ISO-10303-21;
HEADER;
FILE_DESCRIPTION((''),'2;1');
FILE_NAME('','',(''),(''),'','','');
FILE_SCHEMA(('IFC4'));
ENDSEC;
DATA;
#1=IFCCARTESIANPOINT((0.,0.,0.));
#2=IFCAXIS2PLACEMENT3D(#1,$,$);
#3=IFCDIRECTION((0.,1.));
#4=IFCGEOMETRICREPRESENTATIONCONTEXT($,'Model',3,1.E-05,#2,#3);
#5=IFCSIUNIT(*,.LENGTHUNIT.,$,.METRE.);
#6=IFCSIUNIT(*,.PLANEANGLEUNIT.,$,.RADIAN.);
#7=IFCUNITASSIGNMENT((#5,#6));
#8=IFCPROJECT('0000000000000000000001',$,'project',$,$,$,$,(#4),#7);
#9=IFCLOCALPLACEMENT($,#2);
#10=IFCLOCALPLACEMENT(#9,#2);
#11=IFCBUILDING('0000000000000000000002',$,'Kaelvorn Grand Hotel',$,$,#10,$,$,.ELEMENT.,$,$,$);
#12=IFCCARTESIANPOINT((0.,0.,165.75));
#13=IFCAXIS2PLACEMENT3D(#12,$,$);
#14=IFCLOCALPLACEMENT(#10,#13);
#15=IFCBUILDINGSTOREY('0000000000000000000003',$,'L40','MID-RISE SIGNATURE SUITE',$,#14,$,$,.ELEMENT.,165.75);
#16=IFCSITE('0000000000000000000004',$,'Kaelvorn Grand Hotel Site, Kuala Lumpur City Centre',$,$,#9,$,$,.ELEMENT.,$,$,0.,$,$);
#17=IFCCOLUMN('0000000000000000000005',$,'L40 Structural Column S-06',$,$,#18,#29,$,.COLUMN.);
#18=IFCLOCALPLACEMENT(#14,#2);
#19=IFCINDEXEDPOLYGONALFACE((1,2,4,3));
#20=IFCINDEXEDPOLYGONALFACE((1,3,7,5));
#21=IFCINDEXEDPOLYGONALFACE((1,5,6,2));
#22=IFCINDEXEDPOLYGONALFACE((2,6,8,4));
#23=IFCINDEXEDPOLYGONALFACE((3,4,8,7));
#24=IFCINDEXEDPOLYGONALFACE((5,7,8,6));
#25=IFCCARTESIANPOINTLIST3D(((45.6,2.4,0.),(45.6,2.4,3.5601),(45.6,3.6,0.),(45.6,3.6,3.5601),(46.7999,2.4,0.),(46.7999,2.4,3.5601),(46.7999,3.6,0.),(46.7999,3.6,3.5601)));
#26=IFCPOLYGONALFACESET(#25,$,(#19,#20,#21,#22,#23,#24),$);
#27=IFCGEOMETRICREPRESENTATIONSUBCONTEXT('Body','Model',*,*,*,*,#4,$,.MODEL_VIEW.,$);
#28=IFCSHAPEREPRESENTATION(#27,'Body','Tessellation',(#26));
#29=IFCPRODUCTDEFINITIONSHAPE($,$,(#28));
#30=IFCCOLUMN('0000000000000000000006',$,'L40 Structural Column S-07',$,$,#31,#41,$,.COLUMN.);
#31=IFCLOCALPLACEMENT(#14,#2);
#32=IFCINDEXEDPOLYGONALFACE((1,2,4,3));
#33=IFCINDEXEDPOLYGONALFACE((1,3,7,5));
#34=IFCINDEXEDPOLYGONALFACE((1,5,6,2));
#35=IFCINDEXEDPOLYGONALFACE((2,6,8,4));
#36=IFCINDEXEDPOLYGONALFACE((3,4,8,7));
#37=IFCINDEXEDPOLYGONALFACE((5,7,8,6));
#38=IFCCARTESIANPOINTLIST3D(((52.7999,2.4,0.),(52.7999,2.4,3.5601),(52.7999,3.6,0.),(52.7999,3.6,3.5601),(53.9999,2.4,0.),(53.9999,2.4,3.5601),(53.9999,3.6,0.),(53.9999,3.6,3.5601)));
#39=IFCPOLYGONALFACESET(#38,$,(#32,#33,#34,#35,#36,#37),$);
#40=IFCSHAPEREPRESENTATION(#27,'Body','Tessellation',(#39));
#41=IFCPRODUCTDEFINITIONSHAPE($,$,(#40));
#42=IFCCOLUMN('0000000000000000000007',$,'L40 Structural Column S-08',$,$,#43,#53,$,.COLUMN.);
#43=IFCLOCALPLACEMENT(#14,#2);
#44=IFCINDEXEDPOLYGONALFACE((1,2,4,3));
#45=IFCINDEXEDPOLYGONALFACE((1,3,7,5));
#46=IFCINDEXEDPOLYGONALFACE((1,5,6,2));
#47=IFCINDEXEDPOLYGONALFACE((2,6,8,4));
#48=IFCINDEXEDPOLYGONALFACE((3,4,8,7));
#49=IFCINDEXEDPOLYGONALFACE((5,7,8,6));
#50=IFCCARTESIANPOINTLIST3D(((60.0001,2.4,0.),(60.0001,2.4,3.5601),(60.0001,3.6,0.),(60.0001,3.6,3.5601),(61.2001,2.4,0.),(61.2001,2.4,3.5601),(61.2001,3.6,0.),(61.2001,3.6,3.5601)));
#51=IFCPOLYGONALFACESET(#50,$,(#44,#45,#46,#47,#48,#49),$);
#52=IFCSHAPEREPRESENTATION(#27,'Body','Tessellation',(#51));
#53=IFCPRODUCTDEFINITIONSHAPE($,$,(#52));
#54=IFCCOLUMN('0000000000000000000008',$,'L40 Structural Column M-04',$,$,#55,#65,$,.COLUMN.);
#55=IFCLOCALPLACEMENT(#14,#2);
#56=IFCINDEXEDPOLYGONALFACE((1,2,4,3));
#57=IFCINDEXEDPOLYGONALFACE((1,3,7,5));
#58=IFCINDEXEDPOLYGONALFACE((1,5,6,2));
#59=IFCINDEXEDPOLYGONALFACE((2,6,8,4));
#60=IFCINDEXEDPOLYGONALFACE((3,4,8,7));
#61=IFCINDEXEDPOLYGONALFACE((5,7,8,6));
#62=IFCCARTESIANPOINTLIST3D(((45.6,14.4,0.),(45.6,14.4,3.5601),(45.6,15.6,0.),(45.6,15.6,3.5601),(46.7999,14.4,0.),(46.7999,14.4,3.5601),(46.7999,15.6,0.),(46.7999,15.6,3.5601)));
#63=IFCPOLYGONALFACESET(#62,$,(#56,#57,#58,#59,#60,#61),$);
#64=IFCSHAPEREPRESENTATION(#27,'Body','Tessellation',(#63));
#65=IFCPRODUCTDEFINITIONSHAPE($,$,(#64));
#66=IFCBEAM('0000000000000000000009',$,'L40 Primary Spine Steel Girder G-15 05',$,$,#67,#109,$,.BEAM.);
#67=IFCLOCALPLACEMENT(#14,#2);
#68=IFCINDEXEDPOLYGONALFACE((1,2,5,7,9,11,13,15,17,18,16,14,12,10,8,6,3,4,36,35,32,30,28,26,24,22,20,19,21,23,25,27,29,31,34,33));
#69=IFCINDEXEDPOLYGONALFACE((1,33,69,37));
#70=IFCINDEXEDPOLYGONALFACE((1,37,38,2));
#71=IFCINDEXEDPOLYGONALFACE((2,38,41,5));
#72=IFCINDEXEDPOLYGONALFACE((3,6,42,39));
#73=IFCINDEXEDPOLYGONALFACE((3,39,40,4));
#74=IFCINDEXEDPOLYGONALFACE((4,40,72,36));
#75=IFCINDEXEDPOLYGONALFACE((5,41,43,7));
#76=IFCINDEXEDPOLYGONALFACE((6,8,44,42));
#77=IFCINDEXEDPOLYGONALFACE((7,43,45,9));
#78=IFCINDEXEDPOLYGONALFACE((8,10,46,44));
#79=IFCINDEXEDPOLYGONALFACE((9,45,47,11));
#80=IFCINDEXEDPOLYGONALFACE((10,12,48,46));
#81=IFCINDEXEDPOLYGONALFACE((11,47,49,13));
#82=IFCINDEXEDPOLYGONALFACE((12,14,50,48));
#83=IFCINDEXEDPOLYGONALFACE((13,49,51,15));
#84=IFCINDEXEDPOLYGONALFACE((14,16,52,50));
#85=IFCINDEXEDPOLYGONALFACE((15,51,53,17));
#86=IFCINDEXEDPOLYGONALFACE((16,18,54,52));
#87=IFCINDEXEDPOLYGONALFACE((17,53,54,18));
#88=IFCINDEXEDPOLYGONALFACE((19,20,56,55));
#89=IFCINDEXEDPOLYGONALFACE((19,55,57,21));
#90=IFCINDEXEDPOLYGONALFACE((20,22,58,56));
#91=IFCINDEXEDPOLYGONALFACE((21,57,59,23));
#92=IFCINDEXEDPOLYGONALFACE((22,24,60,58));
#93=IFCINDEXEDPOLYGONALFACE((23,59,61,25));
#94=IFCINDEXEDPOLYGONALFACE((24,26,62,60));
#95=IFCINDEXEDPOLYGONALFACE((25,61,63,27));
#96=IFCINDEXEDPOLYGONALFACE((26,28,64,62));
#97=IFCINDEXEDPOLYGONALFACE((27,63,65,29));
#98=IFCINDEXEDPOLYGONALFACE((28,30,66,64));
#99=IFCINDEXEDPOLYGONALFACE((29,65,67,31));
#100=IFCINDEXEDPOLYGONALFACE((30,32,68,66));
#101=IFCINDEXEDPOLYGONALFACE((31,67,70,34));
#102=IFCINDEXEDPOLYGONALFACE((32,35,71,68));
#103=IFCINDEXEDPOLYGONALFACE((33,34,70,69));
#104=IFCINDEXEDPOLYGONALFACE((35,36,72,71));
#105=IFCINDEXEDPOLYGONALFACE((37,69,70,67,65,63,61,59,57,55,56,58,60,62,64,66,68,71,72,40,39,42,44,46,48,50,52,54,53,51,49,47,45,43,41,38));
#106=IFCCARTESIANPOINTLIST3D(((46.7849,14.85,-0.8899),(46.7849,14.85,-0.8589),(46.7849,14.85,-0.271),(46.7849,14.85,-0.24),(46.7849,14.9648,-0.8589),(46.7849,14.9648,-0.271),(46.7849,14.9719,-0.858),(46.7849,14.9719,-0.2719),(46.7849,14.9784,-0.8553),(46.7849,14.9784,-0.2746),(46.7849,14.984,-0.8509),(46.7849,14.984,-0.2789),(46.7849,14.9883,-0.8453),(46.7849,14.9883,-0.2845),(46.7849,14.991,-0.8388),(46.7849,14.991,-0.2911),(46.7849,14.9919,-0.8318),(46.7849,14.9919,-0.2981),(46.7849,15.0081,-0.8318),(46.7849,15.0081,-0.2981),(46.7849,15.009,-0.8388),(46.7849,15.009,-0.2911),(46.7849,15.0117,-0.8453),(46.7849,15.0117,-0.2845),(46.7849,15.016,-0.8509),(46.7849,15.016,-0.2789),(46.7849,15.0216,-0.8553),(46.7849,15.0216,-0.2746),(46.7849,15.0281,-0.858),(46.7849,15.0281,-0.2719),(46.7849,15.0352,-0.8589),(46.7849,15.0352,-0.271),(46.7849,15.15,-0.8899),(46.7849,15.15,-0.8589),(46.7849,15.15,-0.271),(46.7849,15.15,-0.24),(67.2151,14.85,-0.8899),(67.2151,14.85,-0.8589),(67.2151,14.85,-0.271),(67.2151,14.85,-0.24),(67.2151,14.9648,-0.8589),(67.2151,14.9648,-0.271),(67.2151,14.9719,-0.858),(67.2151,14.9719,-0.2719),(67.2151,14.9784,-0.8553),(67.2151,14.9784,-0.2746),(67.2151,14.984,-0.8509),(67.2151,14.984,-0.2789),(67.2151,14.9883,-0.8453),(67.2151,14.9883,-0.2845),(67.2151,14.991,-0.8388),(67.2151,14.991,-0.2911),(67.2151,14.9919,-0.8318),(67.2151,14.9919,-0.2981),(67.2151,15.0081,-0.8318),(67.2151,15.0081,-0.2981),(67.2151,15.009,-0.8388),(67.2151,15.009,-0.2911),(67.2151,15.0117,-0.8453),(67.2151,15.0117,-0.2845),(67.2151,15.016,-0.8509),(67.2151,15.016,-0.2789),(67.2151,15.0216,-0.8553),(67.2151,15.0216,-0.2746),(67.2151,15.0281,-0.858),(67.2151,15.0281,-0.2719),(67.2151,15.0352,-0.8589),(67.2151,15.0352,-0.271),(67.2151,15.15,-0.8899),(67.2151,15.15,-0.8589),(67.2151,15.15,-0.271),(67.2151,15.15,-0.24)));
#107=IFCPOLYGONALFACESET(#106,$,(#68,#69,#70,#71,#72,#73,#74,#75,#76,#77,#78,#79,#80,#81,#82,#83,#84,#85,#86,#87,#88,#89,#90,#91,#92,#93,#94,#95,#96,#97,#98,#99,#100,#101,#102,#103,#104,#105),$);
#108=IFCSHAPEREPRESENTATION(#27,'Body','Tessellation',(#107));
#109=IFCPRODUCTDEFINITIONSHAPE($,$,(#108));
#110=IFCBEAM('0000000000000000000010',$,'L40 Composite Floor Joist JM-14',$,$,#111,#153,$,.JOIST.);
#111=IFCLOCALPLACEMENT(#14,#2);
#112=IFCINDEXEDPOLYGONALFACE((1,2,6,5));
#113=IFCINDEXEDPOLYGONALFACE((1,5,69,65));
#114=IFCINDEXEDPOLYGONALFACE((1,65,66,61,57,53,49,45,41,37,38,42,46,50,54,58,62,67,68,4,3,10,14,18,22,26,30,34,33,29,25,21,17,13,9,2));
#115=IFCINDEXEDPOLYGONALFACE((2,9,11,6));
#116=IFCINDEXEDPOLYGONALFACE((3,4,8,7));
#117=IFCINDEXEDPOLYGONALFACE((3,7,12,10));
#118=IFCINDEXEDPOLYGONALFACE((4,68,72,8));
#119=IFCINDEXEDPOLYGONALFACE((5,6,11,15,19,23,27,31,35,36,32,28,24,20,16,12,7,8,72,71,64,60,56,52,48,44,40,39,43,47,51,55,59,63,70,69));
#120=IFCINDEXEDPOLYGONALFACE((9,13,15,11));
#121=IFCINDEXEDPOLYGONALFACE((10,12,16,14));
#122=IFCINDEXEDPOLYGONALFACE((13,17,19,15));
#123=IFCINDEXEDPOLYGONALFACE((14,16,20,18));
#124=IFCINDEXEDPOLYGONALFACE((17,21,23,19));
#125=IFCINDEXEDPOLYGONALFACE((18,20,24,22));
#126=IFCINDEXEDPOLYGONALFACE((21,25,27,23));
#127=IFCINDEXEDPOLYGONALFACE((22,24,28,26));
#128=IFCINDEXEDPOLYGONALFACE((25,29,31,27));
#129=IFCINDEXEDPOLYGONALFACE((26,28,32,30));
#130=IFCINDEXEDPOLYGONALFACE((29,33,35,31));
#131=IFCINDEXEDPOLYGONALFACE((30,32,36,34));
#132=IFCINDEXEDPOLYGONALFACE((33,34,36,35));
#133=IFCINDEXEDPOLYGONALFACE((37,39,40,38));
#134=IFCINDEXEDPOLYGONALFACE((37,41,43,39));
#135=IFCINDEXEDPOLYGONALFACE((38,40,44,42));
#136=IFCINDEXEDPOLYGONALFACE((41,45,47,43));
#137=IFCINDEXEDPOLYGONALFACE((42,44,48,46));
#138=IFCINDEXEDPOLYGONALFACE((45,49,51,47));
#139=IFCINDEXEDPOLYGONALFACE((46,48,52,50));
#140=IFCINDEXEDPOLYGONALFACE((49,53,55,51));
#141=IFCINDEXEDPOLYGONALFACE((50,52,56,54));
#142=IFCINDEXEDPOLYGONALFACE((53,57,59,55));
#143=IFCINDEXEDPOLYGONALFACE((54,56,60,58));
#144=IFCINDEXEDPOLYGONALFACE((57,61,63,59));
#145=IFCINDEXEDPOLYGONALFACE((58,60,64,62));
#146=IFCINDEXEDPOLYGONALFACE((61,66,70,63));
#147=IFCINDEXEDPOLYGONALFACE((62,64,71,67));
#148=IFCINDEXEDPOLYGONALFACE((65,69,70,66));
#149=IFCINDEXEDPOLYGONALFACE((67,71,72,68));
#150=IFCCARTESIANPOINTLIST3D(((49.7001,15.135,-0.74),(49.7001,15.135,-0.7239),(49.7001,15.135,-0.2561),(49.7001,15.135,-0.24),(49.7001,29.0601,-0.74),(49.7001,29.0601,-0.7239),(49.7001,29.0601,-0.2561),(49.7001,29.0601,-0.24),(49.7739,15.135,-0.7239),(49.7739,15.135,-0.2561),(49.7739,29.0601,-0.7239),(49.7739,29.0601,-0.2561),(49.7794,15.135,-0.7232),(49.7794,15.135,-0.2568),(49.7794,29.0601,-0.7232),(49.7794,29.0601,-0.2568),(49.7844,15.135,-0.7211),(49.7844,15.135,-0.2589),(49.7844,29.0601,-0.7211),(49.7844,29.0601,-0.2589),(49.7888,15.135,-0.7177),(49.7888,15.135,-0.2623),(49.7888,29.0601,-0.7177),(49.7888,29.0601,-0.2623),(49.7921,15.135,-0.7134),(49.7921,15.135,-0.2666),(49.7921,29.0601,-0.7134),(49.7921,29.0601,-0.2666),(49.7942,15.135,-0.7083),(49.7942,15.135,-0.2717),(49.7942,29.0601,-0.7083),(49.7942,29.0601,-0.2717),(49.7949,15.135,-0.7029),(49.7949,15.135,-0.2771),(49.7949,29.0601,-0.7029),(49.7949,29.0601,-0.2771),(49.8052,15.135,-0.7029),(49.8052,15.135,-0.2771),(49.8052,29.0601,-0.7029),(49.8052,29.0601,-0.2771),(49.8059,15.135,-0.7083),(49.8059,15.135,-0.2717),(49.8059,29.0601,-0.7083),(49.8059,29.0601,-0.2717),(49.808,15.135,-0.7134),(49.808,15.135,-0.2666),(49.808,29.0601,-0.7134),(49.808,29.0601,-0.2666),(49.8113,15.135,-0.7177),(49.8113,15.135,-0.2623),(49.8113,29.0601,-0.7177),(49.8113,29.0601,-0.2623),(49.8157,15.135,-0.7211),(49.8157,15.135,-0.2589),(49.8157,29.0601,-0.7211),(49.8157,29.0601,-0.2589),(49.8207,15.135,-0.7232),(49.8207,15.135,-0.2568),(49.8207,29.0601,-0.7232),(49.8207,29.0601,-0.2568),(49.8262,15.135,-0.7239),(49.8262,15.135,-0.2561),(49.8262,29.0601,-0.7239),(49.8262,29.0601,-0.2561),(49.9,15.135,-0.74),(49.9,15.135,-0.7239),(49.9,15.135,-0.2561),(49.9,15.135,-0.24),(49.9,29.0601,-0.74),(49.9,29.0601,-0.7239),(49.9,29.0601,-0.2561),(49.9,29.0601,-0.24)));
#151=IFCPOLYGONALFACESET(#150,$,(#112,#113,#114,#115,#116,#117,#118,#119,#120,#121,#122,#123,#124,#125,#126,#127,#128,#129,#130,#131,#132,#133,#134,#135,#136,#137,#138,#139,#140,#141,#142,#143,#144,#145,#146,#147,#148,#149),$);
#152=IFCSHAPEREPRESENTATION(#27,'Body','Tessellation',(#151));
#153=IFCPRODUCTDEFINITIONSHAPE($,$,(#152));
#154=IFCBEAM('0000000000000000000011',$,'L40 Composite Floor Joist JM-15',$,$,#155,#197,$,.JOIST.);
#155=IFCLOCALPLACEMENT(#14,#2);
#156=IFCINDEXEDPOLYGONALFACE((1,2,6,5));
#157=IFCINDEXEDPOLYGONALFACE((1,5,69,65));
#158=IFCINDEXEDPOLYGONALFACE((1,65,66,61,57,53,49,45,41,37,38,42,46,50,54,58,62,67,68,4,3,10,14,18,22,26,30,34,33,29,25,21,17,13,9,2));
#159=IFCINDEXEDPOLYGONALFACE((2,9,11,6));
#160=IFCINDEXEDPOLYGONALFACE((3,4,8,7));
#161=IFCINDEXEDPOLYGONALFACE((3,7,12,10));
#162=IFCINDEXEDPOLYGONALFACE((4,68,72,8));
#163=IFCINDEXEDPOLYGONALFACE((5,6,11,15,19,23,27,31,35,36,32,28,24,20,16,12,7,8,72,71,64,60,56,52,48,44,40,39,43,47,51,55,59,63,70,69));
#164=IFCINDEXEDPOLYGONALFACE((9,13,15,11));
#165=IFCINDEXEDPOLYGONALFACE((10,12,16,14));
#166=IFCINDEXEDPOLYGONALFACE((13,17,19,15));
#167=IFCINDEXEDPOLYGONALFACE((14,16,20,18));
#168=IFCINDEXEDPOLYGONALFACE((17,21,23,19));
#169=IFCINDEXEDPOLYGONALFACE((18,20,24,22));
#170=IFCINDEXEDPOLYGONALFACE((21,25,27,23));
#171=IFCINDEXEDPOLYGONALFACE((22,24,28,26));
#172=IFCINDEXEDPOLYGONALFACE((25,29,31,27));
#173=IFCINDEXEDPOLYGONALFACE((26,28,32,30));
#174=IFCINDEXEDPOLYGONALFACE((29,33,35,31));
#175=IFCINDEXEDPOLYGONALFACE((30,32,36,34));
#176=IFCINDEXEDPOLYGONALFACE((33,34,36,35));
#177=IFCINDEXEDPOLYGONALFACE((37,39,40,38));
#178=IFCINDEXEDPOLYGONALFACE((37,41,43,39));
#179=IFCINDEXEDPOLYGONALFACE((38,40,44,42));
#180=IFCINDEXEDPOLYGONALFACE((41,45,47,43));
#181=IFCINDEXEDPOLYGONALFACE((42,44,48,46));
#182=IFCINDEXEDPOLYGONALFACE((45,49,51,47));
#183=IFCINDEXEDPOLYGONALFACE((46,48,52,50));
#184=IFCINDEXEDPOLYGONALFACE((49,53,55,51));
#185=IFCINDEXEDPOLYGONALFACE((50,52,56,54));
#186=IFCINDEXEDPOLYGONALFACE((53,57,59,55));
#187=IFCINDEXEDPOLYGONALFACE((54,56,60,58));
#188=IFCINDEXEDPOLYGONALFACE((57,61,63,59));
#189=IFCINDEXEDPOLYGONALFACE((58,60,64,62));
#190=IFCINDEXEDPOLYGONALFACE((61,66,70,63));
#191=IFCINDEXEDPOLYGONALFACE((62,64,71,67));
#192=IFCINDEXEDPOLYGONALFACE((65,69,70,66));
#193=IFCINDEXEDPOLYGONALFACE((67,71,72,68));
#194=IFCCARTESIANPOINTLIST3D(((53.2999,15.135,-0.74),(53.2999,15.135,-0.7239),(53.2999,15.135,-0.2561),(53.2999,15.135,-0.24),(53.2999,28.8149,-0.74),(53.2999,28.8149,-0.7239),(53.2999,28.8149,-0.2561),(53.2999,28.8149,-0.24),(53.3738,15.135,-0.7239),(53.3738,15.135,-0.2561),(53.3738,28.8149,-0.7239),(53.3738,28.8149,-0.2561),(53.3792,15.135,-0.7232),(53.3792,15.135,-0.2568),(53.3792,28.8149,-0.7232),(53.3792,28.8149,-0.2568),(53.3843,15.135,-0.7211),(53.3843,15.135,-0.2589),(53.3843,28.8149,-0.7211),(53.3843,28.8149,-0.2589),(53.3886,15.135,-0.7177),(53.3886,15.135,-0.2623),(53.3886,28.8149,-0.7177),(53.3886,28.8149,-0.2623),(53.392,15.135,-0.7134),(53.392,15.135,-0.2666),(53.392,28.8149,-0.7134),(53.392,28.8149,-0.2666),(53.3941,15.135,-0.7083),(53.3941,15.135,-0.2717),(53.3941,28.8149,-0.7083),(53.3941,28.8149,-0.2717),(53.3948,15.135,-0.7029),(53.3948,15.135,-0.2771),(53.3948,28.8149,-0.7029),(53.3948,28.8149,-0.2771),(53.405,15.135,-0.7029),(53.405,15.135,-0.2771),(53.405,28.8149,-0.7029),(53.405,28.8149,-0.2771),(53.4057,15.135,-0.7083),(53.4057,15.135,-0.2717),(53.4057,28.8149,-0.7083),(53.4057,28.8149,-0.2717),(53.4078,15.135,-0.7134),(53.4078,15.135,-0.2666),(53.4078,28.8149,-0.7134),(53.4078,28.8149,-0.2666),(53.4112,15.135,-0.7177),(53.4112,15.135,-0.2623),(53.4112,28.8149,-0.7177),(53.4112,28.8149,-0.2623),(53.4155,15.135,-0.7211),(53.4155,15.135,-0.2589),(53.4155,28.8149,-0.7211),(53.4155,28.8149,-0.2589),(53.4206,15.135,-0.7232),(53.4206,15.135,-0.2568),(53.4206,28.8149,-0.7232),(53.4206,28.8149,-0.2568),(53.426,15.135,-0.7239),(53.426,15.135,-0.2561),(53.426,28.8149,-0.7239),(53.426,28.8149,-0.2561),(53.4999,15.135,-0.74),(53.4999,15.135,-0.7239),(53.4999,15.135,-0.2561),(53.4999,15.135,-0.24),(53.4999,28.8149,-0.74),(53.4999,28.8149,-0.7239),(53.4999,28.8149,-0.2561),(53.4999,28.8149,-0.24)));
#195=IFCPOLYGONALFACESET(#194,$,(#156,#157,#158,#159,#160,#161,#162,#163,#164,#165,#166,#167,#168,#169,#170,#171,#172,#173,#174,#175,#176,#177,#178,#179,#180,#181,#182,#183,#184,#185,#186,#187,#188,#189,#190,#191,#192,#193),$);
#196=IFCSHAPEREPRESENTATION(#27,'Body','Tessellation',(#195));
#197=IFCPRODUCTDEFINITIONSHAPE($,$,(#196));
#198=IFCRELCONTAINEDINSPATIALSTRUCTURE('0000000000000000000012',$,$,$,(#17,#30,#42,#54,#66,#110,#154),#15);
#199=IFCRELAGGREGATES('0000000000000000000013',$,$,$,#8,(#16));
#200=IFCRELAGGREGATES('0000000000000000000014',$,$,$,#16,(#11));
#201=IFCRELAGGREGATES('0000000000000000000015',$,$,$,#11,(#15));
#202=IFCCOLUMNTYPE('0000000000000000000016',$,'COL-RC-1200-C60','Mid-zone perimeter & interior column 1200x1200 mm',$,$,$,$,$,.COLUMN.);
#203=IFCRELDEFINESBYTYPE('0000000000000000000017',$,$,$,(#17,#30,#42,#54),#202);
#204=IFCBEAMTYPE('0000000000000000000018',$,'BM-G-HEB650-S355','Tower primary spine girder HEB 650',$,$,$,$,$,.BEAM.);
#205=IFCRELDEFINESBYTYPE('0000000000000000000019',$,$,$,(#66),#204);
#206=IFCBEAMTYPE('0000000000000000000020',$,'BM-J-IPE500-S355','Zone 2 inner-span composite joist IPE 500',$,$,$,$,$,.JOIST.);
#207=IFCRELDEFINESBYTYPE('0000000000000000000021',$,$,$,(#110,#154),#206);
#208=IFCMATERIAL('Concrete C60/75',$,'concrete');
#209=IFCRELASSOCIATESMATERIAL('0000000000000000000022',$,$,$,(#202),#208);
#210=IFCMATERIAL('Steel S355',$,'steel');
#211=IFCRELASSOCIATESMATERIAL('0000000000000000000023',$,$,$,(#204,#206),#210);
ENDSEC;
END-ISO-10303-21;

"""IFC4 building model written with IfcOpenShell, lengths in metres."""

from ifc_helpers import new_model, si_unit, direction, frame, origin, origin_2d, place, context, subcontext, project, spatial, rectangle, i_section, extrude, material, material_profile, profile_set, type_object, element, save


model = new_model("IFC4")

# Units and contexts
model_context = context("Model", 3, precision=1e-05, world=origin(), true_north=direction((0.0, 1.0)))
body_context = subcontext(model_context, "Body", "Model", "MODEL_VIEW")
ifc_project = project(units=[si_unit("LENGTHUNIT", "METRE"), si_unit("PLANEANGLEUNIT", "RADIAN")], contexts=[model_context])

# Site, building, storey
site_placement = place(None, origin())
site = spatial("IfcSite", under=ifc_project, at=site_placement, Name="Kaelvorn Grand Hotel Site, Kuala Lumpur City Centre", CompositionType="ELEMENT", RefElevation=0.0)
building_placement = place(site_placement, origin())
building = spatial("IfcBuilding", under=site, at=building_placement, Name="Kaelvorn Grand Hotel", CompositionType="ELEMENT")
storey_placement = place(building_placement, frame((0.0, 0.0, 165.75)))
storey = spatial("IfcBuildingStorey", under=building, at=storey_placement, Name="L40", Description="MID-RISE SIGNATURE SUITE", CompositionType="ELEMENT", Elevation=165.75)

# Columns
ifc_material_1 = material(Name="Concrete C60/75", Category="concrete")
ifc_material_profile_1 = material_profile(ifc_material_1, rectangle(XDim=1.2, YDim=1.2, at=origin_2d()), Name="RC COL 1200x1200")
ifc_profile_set_1 = profile_set([ifc_material_profile_1], Name="Concrete C60/75")
column_type = type_object("IfcColumnType", Name="COL-RC-1200-C60", Description="Mid-zone perimeter & interior column 1200x1200 mm", PredefinedType="COLUMN", material=ifc_profile_set_1)
for number, where, z_axis, x_axis, name in (
    (1, (46.2, 3.0, 0.0), (0.0, 0.0, 1.0), (1.0, 0.0, 0.0), "L40 Structural Column S-06"),
    (2, (53.3999, 3.0, 0.0), (0.0, 0.0, 1.0), (1.0, 0.0, 0.0), "L40 Structural Column S-07"),
    (3, (60.6001, 3.0, 0.0), (0.0, 0.0, 1.0), (1.0, 0.0, 0.0), "L40 Structural Column S-08"),
    (4, (46.2, 15.0, 0.0), (0.0, 0.0, 1.0), (1.0, 0.0, 0.0), "L40 Structural Column M-04"),
):
    element("IfcColumn", number, at=place(storey_placement, frame(where, z_axis=z_axis, x_axis=x_axis)), inside=storey, type_object=column_type, Name=name, PredefinedType="COLUMN", context=body_context, shape_type="SweptSolid", body=[
        extrude(rectangle(XDim=1.2, YDim=1.2, at=origin_2d()), origin(), (0.0, 0.0, 1.0), 3.5601),
    ])

# Beams
ifc_material_2 = material(Name="Steel S355", Category="steel")
ifc_material_profile_2 = material_profile(ifc_material_2, i_section(OverallWidth=0.3, OverallDepth=0.6499, WebThickness=0.0161, FlangeThickness=0.031, FilletRadius=0.0271, at=origin_2d()), Name="HEB 650")
ifc_profile_set_2 = profile_set([ifc_material_profile_2], Name="Steel S355")
beam_type_1 = type_object("IfcBeamType", Name="BM-G-HEB650-S355", Description="Tower primary spine girder HEB 650", PredefinedType="BEAM", material=ifc_profile_set_2)
beam_1_placement = place(storey_placement, frame((46.7849, 15.0, -0.5649), z_axis=(1.0, 0.0, 0.0), x_axis=(0.0, 1.0, 0.0)))
element("IfcBeam", 5, at=beam_1_placement, inside=storey, type_object=beam_type_1, Name="L40 Primary Spine Steel Girder G-15 05", PredefinedType="BEAM", context=body_context, shape_type="SweptSolid", body=[
    extrude(i_section(OverallWidth=0.3, OverallDepth=0.6499, WebThickness=0.0161, FlangeThickness=0.031, FilletRadius=0.0271, at=origin_2d()), origin(), (0.0, 0.0, 1.0), 20.4302),
])
ifc_material_profile_3 = material_profile(ifc_material_2, i_section(OverallWidth=0.2, OverallDepth=0.5, WebThickness=0.0103, FlangeThickness=0.0161, FilletRadius=0.021, at=origin_2d()), Name="IPE 500")
ifc_profile_set_3 = profile_set([ifc_material_profile_3], Name="Steel S355")
beam_type_2 = type_object("IfcBeamType", Name="BM-J-IPE500-S355", Description="Zone 2 inner-span composite joist IPE 500", PredefinedType="JOIST", material=ifc_profile_set_3)
beam_2_placement = place(storey_placement, frame((49.8, 15.135, -0.49), z_axis=(0.0, 1.0, 0.0), x_axis=(-1.0, 0.0, 0.0)))
element("IfcBeam", 6, at=beam_2_placement, inside=storey, type_object=beam_type_2, Name="L40 Composite Floor Joist JM-14", PredefinedType="JOIST", context=body_context, shape_type="SweptSolid", body=[
    extrude(i_section(OverallWidth=0.2, OverallDepth=0.5, WebThickness=0.0103, FlangeThickness=0.0161, FilletRadius=0.021, at=origin_2d()), origin(), (0.0, 0.0, 1.0), 13.925),
])
beam_3_placement = place(storey_placement, frame((53.3999, 15.135, -0.49), z_axis=(0.0, 1.0, 0.0), x_axis=(-1.0, 0.0, 0.0)))
element("IfcBeam", 7, at=beam_3_placement, inside=storey, type_object=beam_type_2, Name="L40 Composite Floor Joist JM-15", PredefinedType="JOIST", context=body_context, shape_type="SweptSolid", body=[
    extrude(i_section(OverallWidth=0.2, OverallDepth=0.5, WebThickness=0.0103, FlangeThickness=0.0161, FilletRadius=0.021, at=origin_2d()), origin(), (0.0, 0.0, 1.0), 13.6799),
])

save(model, "model.ifc")
